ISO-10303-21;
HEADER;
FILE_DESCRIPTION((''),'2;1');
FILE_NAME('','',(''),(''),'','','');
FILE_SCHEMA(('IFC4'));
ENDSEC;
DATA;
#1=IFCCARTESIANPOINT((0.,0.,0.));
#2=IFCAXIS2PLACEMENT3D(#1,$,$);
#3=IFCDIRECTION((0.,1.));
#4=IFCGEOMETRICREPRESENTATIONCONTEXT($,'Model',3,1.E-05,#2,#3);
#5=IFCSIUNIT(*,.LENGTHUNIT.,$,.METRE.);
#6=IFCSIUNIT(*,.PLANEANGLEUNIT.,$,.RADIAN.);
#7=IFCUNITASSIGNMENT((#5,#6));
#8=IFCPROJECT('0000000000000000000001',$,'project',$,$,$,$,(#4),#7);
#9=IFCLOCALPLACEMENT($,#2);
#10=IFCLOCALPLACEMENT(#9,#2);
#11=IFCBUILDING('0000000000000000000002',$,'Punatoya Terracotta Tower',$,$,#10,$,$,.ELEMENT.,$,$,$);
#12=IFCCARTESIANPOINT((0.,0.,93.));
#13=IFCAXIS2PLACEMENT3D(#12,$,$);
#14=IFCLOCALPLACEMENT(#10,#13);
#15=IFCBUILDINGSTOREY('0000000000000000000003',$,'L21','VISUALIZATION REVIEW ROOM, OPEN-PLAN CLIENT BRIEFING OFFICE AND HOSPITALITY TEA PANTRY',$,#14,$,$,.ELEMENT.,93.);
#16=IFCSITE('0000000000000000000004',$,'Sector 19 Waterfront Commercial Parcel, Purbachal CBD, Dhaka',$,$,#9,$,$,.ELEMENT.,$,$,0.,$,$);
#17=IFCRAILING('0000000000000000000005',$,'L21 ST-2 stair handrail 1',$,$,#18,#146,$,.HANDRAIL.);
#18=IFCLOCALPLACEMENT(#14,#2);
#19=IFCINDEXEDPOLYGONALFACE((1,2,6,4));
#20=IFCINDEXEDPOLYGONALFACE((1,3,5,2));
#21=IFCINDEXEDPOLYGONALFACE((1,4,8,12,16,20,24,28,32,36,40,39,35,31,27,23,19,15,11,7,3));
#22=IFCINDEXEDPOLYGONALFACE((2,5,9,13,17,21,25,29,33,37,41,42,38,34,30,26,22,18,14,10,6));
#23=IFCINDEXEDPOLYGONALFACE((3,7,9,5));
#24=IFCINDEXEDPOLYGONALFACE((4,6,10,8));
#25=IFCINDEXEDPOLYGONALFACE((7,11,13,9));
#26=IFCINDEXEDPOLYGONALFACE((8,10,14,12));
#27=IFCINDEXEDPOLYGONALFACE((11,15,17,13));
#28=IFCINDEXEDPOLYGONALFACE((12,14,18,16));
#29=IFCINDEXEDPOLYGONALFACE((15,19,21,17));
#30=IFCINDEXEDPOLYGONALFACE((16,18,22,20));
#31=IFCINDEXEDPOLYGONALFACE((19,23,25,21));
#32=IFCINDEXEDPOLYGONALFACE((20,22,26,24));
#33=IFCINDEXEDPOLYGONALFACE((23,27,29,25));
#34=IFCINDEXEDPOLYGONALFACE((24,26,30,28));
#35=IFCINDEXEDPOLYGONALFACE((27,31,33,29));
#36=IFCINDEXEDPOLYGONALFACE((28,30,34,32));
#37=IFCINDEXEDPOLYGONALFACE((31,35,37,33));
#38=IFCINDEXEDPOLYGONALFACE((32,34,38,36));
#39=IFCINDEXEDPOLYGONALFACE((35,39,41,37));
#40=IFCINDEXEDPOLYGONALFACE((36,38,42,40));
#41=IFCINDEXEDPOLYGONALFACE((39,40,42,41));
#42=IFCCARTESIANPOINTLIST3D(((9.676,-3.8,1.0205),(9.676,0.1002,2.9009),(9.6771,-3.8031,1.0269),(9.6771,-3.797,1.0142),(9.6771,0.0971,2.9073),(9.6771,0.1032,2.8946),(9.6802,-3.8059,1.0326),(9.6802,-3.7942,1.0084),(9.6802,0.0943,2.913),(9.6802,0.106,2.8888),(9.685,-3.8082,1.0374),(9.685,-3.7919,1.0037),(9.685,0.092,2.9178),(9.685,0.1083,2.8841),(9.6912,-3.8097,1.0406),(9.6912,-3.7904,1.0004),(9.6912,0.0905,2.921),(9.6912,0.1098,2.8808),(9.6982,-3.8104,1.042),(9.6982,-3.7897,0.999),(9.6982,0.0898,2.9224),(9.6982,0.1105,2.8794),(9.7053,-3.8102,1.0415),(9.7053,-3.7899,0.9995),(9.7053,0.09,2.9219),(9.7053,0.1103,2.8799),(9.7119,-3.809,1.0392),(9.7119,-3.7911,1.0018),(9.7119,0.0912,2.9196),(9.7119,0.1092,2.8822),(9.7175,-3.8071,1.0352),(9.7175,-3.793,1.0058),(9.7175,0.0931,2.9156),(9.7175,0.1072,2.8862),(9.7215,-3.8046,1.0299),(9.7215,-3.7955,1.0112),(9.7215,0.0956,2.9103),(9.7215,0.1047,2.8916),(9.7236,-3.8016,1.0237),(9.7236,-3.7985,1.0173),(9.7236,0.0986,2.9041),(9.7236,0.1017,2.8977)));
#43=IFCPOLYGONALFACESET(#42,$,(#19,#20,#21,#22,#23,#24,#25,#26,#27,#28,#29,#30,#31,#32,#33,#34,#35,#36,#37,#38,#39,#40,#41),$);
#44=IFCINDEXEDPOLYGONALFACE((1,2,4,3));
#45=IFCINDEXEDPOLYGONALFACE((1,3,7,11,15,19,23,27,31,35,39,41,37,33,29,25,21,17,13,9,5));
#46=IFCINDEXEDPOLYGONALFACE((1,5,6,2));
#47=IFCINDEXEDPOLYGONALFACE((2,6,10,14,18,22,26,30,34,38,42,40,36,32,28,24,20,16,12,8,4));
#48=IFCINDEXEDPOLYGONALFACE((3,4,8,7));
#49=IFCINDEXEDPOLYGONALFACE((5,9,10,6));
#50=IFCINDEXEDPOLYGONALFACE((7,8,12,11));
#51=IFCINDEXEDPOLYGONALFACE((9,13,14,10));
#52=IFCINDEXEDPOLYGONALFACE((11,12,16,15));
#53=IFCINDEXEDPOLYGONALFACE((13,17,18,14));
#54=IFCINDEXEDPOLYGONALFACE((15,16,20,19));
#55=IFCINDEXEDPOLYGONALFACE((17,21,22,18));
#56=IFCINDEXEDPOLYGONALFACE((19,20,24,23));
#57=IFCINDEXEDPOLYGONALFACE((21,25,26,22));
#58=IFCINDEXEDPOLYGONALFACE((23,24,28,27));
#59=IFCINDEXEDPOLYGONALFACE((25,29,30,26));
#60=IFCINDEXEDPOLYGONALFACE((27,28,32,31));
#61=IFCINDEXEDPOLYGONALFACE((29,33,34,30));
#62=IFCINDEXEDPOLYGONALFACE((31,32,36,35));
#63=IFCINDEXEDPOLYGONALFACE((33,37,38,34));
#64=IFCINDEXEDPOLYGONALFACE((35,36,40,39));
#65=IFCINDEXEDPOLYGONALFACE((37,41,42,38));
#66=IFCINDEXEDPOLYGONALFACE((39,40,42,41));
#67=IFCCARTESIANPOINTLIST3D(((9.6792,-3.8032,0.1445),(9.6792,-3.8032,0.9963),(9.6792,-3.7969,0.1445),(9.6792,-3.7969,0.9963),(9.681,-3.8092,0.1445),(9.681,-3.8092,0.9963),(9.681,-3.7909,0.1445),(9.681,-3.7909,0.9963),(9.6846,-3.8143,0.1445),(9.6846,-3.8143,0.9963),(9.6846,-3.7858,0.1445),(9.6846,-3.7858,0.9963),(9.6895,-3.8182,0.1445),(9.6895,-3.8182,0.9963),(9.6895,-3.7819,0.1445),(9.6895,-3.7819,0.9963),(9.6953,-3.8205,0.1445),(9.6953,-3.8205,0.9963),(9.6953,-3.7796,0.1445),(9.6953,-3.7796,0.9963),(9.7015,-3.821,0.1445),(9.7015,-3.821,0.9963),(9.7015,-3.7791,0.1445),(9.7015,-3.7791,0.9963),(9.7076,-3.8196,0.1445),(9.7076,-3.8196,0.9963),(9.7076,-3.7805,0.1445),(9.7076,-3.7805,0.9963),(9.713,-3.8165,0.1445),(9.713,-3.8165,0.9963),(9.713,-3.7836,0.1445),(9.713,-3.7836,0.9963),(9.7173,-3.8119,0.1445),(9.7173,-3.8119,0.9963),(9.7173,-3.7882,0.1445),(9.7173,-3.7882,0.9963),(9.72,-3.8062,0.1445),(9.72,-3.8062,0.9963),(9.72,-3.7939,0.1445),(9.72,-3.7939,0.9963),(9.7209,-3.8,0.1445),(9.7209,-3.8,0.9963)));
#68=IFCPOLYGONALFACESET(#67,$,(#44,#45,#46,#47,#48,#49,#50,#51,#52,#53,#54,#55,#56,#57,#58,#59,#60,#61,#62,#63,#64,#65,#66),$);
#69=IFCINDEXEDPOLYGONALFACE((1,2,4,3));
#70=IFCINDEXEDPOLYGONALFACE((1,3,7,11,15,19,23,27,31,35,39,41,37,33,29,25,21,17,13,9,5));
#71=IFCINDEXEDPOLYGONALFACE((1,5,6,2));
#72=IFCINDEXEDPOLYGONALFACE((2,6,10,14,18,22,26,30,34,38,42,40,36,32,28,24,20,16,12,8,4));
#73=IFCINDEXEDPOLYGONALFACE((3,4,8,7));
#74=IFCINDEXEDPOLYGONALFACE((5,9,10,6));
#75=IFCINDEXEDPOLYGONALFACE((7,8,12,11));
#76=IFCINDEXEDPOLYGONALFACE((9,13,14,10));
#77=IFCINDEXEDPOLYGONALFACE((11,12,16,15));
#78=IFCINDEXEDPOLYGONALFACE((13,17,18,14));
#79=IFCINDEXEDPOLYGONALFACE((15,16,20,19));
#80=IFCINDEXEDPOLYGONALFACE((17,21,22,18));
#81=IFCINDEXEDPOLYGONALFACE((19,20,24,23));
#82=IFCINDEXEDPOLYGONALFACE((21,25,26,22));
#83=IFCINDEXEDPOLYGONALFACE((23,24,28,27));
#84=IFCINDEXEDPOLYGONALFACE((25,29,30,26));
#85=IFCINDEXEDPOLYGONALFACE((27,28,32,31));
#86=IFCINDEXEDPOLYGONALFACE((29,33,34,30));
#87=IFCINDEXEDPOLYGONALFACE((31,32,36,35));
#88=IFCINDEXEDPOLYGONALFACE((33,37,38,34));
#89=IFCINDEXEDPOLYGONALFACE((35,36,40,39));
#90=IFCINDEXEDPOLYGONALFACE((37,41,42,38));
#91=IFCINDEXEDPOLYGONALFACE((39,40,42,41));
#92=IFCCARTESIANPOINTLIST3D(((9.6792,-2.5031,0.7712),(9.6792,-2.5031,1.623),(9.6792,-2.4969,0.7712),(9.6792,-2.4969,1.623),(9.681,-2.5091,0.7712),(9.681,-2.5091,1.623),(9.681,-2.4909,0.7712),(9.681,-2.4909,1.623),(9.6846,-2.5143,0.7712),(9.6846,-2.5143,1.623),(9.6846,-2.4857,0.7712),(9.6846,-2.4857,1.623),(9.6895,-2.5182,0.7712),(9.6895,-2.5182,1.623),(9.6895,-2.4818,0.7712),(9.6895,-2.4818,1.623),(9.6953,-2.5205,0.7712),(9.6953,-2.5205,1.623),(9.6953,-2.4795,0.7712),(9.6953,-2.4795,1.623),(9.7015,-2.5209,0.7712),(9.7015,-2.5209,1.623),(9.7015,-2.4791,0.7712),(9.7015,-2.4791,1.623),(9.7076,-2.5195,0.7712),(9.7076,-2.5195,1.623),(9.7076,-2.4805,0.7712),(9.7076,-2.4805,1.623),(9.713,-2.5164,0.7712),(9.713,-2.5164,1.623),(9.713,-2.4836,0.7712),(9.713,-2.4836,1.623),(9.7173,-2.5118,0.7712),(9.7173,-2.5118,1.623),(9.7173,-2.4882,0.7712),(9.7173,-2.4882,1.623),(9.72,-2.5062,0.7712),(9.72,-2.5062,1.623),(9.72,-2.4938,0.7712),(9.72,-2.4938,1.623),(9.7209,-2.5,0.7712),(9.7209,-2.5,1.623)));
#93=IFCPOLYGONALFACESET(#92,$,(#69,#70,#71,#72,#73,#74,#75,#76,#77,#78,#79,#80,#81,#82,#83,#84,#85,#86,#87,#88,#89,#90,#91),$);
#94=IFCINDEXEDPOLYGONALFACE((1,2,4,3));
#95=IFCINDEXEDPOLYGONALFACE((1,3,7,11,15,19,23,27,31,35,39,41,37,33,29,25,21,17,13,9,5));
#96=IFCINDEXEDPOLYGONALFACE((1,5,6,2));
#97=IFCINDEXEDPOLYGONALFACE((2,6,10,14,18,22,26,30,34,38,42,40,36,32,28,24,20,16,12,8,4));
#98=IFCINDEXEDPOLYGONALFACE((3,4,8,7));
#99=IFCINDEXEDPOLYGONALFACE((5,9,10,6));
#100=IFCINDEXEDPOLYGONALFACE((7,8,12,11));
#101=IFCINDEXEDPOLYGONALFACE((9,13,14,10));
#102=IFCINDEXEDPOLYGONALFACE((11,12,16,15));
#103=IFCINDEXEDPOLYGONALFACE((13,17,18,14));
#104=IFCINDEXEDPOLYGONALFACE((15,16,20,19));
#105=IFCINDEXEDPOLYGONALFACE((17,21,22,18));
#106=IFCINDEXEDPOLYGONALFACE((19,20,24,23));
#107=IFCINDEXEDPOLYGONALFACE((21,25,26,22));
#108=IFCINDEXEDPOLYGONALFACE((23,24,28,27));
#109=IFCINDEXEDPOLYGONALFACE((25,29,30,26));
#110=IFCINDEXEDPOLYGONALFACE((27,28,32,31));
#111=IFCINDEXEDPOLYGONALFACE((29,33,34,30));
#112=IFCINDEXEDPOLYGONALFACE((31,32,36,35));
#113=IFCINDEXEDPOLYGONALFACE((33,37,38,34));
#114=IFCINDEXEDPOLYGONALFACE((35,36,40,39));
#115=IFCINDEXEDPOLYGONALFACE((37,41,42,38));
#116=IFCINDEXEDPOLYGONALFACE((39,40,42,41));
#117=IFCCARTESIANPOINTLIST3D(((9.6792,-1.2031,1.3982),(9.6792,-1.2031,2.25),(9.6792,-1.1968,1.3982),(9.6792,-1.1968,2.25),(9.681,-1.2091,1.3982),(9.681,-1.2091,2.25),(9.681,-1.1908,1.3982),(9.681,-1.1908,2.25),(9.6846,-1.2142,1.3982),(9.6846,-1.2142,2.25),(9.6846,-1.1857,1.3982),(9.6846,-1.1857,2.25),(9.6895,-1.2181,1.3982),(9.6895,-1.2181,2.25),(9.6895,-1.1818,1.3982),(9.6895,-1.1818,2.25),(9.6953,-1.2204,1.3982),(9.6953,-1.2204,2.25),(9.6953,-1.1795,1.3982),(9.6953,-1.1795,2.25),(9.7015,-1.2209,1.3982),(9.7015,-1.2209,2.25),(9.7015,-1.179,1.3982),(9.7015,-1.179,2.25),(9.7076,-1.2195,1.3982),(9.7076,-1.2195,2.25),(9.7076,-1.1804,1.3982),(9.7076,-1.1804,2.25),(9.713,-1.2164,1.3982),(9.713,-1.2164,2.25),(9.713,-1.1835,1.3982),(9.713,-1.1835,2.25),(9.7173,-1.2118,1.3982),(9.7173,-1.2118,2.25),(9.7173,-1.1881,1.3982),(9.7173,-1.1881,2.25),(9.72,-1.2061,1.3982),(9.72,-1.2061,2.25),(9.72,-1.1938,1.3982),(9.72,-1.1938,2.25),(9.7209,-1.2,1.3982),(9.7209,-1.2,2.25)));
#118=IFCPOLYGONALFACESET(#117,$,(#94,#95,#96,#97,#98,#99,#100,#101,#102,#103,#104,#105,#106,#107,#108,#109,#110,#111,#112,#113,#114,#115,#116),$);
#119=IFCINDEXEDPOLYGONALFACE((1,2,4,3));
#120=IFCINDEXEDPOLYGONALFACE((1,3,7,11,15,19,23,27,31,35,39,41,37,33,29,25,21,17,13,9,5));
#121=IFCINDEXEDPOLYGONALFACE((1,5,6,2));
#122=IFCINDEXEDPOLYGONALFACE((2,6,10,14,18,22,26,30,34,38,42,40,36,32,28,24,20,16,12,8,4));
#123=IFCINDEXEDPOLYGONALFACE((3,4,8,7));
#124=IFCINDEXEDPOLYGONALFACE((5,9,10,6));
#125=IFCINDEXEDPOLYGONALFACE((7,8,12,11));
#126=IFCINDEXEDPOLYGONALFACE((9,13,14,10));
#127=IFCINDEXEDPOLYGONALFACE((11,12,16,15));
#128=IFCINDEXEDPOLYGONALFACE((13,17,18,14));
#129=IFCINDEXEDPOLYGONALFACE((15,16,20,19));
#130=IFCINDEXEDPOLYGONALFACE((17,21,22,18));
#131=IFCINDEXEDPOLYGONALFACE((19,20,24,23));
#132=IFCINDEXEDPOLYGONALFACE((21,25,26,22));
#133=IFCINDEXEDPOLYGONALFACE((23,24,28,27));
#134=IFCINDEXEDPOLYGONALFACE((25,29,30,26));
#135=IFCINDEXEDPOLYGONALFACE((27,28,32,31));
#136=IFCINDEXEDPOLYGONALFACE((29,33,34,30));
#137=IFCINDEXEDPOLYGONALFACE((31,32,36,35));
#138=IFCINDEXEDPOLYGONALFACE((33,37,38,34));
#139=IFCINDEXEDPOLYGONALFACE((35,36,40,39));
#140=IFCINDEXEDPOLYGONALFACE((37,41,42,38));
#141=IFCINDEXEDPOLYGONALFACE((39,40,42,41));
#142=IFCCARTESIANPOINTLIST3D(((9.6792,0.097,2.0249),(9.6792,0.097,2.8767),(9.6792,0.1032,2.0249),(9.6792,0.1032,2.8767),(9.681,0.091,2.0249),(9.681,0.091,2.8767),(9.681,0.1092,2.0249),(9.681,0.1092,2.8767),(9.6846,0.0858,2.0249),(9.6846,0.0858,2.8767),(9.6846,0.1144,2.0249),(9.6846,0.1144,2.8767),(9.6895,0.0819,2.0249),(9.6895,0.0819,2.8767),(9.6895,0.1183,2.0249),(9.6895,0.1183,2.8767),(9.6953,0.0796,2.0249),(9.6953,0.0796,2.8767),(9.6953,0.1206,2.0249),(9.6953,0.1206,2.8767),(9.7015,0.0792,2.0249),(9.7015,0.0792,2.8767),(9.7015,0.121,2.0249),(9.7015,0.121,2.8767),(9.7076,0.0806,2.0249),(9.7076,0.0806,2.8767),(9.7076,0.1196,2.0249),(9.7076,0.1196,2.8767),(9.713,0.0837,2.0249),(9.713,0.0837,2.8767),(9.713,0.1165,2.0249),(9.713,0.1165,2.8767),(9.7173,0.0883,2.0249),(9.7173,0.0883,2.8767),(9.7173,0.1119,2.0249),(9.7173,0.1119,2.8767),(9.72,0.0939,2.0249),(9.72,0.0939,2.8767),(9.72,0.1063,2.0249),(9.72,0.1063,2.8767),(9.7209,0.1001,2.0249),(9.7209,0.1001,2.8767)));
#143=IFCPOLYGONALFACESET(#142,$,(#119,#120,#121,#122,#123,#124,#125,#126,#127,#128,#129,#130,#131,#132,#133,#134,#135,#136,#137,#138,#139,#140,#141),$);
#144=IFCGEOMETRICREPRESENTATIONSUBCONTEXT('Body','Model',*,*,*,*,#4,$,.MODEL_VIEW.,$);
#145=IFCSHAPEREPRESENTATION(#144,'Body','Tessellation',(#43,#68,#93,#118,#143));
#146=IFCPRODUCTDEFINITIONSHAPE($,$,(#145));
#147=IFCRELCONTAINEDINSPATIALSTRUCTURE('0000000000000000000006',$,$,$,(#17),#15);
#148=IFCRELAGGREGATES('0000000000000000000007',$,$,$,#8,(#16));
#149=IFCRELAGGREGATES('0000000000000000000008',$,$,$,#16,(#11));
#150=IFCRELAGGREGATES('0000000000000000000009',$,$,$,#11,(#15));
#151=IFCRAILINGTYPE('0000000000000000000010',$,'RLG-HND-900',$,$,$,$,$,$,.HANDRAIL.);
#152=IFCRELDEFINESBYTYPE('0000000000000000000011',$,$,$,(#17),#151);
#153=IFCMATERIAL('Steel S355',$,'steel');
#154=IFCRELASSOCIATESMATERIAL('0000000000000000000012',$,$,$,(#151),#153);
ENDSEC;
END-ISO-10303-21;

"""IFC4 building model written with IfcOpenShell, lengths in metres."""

from ifc_helpers import new_model, si_unit, direction, frame, origin, origin_2d, place, context, subcontext, project, spatial, circle, extrude, material, type_object, element, save


model = new_model("IFC4")

# Units and contexts
model_context = context("Model", 3, precision=1e-05, world=origin(), true_north=direction((0.0, 1.0)))
body_context = subcontext(model_context, "Body", "Model", "MODEL_VIEW")
ifc_project = project(units=[si_unit("LENGTHUNIT", "METRE"), si_unit("PLANEANGLEUNIT", "RADIAN")], contexts=[model_context])

# Site, building, storey
site_placement = place(None, origin())
site = spatial("IfcSite", under=ifc_project, at=site_placement, Name="Sector 19 Waterfront Commercial Parcel, Purbachal CBD, Dhaka", CompositionType="ELEMENT", RefElevation=0.0)
building_placement = place(site_placement, origin())
building = spatial("IfcBuilding", under=site, at=building_placement, Name="Punatoya Terracotta Tower", CompositionType="ELEMENT")
storey_placement = place(building_placement, frame((0.0, 0.0, 93.0)))
storey = spatial("IfcBuildingStorey", under=building, at=storey_placement, Name="L21", Description="VISUALIZATION REVIEW ROOM, OPEN-PLAN CLIENT BRIEFING OFFICE AND HOSPITALITY TEA PANTRY", CompositionType="ELEMENT", Elevation=93.0)

# Railing
ifc_material_1 = material(Name="Steel S355", Category="steel")
railing_type_1 = type_object("IfcRailingType", Name="RLG-HND-900", PredefinedType="HANDRAIL", material=ifc_material_1)
railing_1_placement = place(storey_placement, frame((9.7, -3.8, 0.1445)))
element("IfcRailing", 1, at=railing_1_placement, inside=storey, type_object=railing_type_1, Name="L21 ST-2 stair handrail 1", PredefinedType="HANDRAIL", context=body_context, shape_type="SweptSolid", body=[
    extrude(circle(Radius=0.0239, at=origin_2d()), frame((0.0, 0.0, 0.876), z_axis=(0.0, 0.900774, 0.434289), x_axis=(-1.0, 0.0, 0.0)), (0.0, 0.0, 1.0), 4.3298),
    extrude(circle(Radius=0.021, at=origin_2d()), origin(), (0.0, 0.0, 1.0), 0.8518),
    extrude(circle(Radius=0.021, at=origin_2d()), frame((0.0, 1.3, 0.6267)), (0.0, 0.0, 1.0), 0.8518),
    extrude(circle(Radius=0.021, at=origin_2d()), frame((0.0, 2.6001, 1.2537)), (0.0, 0.0, 1.0), 0.8518),
    extrude(circle(Radius=0.021, at=origin_2d()), frame((0.0, 3.9001, 1.8804)), (0.0, 0.0, 1.0), 0.8518),
])

save(model, "model.ifc")
